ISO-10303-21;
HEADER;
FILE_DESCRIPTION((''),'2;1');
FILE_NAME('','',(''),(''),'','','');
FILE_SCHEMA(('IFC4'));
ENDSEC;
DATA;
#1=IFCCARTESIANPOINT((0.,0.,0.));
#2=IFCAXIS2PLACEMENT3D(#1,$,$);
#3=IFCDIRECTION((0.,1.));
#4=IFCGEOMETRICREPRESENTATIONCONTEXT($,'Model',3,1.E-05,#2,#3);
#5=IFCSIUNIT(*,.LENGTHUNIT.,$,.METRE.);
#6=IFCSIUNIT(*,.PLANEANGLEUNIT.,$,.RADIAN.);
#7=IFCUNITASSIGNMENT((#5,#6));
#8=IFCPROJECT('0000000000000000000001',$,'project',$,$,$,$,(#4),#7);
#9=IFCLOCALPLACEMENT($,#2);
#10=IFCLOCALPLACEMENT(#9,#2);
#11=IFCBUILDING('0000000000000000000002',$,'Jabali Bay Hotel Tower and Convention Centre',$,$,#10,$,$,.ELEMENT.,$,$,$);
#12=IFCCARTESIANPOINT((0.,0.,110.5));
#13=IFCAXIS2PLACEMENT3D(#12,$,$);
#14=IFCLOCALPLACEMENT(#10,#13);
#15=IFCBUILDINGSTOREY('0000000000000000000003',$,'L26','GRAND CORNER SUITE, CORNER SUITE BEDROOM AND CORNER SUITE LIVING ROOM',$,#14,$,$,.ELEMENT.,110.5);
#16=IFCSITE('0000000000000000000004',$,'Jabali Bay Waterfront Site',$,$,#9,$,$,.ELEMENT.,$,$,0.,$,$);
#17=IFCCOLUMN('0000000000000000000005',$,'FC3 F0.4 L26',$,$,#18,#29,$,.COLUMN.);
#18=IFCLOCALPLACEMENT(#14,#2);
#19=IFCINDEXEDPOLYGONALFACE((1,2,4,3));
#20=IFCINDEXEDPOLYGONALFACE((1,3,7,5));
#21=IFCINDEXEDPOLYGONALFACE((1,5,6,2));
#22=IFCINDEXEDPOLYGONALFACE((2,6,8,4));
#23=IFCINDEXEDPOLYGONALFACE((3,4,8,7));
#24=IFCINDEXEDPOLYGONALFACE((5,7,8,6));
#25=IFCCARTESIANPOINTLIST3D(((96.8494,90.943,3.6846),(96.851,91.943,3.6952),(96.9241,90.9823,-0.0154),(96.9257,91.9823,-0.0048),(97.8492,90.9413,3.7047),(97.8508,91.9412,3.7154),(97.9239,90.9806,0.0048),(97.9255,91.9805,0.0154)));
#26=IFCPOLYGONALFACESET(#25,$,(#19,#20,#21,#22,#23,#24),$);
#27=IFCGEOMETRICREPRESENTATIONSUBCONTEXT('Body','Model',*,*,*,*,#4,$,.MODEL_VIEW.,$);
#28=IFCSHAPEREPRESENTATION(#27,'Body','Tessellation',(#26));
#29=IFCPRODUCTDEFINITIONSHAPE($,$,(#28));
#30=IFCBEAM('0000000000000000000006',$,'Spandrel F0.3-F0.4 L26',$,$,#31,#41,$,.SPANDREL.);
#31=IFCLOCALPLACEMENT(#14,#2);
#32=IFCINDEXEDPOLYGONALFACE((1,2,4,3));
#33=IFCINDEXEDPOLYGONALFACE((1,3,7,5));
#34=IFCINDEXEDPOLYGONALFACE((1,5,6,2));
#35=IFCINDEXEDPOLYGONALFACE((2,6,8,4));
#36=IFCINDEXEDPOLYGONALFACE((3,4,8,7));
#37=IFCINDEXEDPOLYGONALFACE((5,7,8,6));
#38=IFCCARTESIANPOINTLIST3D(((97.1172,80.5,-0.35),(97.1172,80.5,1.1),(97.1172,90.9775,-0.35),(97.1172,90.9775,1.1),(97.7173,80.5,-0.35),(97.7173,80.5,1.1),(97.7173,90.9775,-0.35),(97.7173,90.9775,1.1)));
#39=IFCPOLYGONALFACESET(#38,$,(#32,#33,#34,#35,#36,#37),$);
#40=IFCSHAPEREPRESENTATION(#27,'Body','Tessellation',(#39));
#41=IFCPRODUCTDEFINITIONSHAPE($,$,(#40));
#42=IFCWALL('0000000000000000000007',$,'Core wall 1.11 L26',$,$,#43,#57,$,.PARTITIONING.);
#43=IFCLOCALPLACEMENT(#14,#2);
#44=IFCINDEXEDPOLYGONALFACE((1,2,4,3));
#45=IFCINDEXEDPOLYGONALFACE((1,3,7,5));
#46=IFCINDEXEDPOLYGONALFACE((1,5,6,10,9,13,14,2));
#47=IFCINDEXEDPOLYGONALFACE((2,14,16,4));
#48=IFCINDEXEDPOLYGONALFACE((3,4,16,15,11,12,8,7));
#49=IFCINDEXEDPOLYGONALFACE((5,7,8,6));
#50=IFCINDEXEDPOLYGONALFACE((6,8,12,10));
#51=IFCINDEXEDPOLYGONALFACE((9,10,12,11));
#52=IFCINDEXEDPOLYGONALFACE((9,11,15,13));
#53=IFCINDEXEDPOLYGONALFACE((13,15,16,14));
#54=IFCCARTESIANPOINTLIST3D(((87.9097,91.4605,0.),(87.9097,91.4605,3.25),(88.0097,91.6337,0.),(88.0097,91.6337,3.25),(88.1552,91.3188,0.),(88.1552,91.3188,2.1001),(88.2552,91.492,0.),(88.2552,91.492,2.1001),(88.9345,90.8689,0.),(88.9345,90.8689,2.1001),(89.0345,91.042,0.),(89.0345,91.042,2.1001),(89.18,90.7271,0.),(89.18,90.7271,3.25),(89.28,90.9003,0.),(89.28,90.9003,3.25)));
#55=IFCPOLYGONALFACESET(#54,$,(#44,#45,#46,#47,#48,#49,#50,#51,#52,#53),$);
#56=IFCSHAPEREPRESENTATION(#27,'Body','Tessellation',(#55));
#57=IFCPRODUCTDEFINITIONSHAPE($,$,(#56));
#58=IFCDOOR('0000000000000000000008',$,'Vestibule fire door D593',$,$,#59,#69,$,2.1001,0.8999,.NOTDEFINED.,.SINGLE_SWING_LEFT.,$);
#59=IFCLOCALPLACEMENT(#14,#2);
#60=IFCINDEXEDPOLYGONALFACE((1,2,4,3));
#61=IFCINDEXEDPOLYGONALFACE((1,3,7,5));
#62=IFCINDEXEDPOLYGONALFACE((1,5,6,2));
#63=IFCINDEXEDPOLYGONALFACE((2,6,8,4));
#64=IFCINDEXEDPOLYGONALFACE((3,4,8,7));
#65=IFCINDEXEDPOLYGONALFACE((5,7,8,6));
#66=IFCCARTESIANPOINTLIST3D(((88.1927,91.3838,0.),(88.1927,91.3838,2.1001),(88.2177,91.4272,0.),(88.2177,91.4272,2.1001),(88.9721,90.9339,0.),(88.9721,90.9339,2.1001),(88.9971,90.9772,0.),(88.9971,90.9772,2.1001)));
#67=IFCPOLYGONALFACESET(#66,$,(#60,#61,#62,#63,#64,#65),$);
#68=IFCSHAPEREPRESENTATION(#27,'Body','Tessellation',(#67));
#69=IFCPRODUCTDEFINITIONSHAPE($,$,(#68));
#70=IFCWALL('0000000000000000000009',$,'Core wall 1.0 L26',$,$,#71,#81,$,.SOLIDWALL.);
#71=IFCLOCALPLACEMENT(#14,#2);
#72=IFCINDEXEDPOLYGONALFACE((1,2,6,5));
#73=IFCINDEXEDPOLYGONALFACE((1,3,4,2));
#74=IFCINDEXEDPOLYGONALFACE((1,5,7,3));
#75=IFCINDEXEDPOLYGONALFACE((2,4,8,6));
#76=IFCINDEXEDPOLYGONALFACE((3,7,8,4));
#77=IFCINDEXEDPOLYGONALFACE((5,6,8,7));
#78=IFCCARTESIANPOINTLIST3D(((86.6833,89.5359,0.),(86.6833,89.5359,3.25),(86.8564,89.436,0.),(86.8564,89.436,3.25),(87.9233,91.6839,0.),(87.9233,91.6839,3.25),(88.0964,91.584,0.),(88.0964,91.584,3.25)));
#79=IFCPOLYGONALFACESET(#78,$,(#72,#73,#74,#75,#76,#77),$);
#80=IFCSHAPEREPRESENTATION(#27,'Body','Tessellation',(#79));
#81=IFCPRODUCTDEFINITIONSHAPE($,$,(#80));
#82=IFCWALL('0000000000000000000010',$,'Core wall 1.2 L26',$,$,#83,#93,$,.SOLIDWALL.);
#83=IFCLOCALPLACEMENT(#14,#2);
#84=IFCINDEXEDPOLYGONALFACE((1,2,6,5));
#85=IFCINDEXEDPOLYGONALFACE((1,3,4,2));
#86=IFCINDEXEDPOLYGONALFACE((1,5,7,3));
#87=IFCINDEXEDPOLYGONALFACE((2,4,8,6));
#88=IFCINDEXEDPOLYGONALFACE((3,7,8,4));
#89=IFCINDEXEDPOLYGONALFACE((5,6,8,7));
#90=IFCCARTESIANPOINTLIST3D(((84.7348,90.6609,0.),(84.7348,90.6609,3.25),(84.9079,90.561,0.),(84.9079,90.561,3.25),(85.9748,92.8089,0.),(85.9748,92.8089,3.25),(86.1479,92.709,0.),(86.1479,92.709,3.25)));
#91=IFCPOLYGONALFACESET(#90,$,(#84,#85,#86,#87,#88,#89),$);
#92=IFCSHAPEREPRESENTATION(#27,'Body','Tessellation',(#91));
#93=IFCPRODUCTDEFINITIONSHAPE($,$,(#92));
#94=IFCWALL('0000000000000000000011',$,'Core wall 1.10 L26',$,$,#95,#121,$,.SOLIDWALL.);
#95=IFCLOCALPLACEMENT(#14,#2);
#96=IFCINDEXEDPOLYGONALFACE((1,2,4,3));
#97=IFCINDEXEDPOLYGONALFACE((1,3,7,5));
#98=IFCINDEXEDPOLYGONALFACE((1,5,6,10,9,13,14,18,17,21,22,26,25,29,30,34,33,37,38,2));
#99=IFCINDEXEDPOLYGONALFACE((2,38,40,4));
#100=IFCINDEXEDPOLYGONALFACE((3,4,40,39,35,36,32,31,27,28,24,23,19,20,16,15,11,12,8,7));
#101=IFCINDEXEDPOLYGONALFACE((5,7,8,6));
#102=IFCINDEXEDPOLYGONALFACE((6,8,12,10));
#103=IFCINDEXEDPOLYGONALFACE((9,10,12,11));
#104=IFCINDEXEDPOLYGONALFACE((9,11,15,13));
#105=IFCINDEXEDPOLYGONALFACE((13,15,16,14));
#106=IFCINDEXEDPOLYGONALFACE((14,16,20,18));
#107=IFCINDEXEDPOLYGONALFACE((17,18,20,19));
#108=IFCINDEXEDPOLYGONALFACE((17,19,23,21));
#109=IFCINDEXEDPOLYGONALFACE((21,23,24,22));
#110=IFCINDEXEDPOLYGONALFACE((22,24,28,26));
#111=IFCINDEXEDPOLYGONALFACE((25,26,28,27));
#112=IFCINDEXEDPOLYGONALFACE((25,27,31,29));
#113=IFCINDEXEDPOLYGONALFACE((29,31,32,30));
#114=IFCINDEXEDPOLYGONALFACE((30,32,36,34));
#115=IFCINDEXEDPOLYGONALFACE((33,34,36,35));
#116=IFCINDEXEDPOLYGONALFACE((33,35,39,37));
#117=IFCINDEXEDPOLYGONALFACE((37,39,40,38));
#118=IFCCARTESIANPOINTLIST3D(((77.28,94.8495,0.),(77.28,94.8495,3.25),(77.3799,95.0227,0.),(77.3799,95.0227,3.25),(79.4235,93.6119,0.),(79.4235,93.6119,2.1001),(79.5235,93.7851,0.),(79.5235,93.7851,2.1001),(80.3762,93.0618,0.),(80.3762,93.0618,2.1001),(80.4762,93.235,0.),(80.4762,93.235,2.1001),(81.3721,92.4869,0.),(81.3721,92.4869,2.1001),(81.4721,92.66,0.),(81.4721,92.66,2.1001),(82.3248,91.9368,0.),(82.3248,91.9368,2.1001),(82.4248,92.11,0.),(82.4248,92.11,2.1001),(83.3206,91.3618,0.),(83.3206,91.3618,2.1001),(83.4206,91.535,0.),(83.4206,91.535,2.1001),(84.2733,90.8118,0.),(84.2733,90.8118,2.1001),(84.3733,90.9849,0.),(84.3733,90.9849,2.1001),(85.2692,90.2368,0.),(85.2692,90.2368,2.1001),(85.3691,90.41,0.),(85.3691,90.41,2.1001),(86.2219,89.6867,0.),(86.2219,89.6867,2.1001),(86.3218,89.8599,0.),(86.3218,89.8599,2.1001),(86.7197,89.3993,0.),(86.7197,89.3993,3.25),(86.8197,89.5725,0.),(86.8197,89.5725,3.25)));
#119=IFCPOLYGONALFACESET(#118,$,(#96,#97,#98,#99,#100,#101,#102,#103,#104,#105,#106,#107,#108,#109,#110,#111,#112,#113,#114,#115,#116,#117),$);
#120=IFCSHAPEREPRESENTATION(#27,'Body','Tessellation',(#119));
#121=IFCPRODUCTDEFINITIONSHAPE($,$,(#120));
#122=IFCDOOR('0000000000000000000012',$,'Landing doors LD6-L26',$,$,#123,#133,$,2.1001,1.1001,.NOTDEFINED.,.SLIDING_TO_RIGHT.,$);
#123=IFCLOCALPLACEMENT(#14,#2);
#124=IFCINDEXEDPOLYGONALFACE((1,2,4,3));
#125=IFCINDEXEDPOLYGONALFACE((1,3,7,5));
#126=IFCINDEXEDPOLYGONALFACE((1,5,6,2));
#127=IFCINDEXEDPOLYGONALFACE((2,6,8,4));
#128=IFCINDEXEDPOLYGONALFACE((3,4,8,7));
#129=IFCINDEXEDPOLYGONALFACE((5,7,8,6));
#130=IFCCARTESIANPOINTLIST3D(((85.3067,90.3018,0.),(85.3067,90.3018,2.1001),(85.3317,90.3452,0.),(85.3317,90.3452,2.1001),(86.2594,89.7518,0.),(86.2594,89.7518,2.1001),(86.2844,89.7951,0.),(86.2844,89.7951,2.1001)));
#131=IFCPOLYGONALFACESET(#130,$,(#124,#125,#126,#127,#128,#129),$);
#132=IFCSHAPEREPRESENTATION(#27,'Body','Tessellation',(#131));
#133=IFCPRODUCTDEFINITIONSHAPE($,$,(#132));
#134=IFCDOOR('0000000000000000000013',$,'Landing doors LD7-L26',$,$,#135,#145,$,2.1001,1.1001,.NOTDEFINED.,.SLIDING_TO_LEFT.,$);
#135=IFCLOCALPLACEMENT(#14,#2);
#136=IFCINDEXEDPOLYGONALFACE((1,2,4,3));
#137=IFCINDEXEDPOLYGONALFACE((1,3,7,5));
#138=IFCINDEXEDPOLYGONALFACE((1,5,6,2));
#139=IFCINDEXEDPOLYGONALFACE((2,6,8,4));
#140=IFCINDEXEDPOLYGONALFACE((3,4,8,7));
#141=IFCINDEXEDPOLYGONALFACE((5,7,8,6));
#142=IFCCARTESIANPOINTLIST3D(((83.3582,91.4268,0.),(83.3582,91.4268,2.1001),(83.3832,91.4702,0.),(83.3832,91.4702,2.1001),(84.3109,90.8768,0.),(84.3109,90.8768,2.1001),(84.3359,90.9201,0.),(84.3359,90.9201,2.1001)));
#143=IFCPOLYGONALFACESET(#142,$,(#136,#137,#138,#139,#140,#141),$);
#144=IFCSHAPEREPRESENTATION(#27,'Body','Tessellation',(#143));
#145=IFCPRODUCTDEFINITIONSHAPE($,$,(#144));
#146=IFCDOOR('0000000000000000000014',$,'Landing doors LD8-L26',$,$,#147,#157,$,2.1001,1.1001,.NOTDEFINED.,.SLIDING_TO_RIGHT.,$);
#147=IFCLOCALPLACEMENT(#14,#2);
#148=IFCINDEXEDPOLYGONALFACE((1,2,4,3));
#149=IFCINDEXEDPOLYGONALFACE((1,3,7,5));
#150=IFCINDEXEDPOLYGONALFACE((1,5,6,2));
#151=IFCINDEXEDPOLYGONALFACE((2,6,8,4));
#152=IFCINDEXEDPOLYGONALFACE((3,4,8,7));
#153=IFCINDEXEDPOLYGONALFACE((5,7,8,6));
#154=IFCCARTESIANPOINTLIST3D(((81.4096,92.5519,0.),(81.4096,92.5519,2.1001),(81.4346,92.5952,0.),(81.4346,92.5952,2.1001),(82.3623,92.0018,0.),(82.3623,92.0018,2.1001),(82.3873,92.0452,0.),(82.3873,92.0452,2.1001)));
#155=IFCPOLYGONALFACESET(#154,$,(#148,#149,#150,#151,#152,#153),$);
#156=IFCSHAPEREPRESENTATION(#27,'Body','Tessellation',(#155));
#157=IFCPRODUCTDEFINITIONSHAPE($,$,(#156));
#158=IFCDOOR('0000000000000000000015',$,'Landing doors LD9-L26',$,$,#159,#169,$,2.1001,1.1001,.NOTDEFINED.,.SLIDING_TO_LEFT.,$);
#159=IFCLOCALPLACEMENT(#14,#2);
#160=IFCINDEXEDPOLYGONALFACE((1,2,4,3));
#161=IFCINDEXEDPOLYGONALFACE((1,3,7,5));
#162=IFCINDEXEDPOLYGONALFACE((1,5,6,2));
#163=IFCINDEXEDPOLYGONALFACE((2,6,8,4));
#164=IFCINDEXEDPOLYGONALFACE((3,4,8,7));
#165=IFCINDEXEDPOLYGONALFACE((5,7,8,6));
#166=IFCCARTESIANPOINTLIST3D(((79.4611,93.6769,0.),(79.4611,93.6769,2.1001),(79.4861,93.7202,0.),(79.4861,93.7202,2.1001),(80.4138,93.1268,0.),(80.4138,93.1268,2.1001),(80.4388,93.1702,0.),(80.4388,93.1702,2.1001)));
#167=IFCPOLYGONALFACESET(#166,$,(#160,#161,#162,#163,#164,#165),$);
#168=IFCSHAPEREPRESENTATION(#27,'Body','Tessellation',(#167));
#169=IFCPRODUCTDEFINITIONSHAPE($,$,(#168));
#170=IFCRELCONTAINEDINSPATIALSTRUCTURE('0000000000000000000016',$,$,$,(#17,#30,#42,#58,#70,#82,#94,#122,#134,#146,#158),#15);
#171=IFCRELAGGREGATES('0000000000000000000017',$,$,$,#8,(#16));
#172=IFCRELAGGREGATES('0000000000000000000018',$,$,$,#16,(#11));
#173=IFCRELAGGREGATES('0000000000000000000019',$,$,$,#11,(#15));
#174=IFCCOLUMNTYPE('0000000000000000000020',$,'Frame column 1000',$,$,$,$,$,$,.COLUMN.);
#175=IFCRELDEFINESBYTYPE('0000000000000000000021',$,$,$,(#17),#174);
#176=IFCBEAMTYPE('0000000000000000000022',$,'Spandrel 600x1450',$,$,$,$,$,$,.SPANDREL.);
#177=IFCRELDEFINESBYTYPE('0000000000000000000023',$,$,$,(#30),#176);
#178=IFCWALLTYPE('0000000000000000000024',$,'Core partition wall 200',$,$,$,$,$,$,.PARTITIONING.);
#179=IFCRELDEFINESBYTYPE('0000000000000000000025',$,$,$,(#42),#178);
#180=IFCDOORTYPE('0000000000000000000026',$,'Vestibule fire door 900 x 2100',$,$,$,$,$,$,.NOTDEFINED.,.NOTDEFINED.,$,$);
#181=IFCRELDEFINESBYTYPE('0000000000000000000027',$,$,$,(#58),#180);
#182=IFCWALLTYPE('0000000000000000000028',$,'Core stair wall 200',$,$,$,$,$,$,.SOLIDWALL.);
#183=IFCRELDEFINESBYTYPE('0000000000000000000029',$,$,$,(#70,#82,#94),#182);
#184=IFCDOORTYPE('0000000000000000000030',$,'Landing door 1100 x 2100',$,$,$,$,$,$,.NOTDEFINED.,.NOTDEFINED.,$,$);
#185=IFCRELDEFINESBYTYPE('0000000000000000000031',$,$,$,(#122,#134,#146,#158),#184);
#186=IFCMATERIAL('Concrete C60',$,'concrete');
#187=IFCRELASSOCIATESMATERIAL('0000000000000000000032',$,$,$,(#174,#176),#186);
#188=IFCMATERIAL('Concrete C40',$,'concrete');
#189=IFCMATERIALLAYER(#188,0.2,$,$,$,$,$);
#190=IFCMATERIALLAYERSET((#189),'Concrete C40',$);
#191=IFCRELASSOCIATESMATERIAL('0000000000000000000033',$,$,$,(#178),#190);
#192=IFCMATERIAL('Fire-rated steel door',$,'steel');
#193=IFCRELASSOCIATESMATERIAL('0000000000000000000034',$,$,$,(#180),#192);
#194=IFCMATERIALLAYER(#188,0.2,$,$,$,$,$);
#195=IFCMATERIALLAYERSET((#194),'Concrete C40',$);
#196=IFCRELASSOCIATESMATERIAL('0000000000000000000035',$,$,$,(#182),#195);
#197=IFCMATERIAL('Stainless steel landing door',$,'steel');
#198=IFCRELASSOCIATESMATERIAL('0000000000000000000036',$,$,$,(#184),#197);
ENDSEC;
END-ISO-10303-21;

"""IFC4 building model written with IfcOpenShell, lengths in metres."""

from ifc_helpers import new_model, si_unit, direction, frame, frame_2d, origin, origin_2d, place, context, subcontext, project, spatial, rectangle, extrude, material, layer, layer_set, material_profile, profile_set, type_object, element, fill, save


model = new_model("IFC4")

# Units and contexts
model_context = context("Model", 3, precision=1e-05, world=origin(), true_north=direction((0.0, 1.0)))
body_context = subcontext(model_context, "Body", "Model", "MODEL_VIEW")
ifc_project = project(units=[si_unit("LENGTHUNIT", "METRE"), si_unit("PLANEANGLEUNIT", "RADIAN")], contexts=[model_context])

# Site, building, storey
site_placement = place(None, origin())
site = spatial("IfcSite", under=ifc_project, at=site_placement, Name="Jabali Bay Waterfront Site", CompositionType="ELEMENT", RefElevation=0.0)
building_placement = place(site_placement, origin())
building = spatial("IfcBuilding", under=site, at=building_placement, Name="Jabali Bay Hotel Tower and Convention Centre", CompositionType="ELEMENT")
storey_placement = place(building_placement, frame((0.0, 0.0, 110.5)))
storey = spatial("IfcBuildingStorey", under=building, at=storey_placement, Name="L26", Description="GRAND CORNER SUITE, CORNER SUITE BEDROOM AND CORNER SUITE LIVING ROOM", CompositionType="ELEMENT", Elevation=110.5)

# Column
ifc_material_1 = material(Name="Concrete C60", Category="concrete")
ifc_material_profile_1 = material_profile(ifc_material_1, rectangle(XDim=1.0, YDim=1.0, at=origin_2d()), Name="Frame column 1000")
ifc_profile_set_1 = profile_set([ifc_material_profile_1], Name="Concrete C60")
column_type = type_object("IfcColumnType", Name="Frame column 1000", PredefinedType="COLUMN", material=ifc_profile_set_1)
column_placement = place(storey_placement, frame((97.4248, 91.4814, 0.0), z_axis=(-0.020186, -0.010621, 0.99974), x_axis=(0.999795, -0.001747, 0.020169)))
element("IfcColumn", 1, at=column_placement, inside=storey, type_object=column_type, Name="FC3 F0.4 L26", PredefinedType="COLUMN", context=body_context, shape_type="SweptSolid", body=[
    extrude(rectangle(XDim=1.0, YDim=1.0, at=origin_2d()), origin(), (0.0, 0.0, 1.0), 3.7009),
])

# Beam
ifc_material_profile_2 = material_profile(ifc_material_1, rectangle(XDim=0.6001, YDim=1.45, at=origin_2d()), Name="Spandrel 600x1450")
ifc_profile_set_2 = profile_set([ifc_material_profile_2], Name="Concrete C60")
beam_type = type_object("IfcBeamType", Name="Spandrel 600x1450", PredefinedType="SPANDREL", material=ifc_profile_set_2)
beam_placement = place(storey_placement, frame((97.4172, 80.5, 0.375), z_axis=(0.0, 1.0, 0.0), x_axis=(-1.0, 0.0, 0.0)))
element("IfcBeam", 2, at=beam_placement, inside=storey, type_object=beam_type, Name="Spandrel F0.3-F0.4 L26", PredefinedType="SPANDREL", context=body_context, shape_type="SweptSolid", body=[
    extrude(rectangle(XDim=0.6001, YDim=1.45, at=origin_2d()), origin(), (0.0, 0.0, 1.0), 10.4775),
])

# Wall, opening, door
ifc_material_2 = material(Name="Concrete C40", Category="concrete")
ifc_layer_1 = layer(ifc_material_2, 0.2)
ifc_layer_set_1 = layer_set([ifc_layer_1], Name="Concrete C40")
wall_type_1 = type_object("IfcWallType", Name="Core partition wall 200", PredefinedType="PARTITIONING", material=ifc_layer_set_1)
wall_1_placement = place(storey_placement, frame((89.23, 90.8137, 0.0), z_axis=(0.0, 0.0, 1.0), x_axis=(-0.866022, 0.500006, 0.0)))
wall_1 = element("IfcWall", 3, at=wall_1_placement, inside=storey, type_object=wall_type_1, Name="Core wall 1.11 L26", PredefinedType="PARTITIONING", context=body_context, shape_type="SweptSolid", body=[
    extrude(rectangle(XDim=1.4668, YDim=0.2, at=frame_2d((0.7334, 0.0))), origin(), (0.0, 0.0, 1.0), 3.25),
])
opening_1_placement = place(wall_1_placement, frame((0.2834, 0.0, 0.0)))
opening_1 = element("IfcOpeningElement", 4, at=opening_1_placement, cuts=wall_1, PredefinedType="OPENING", context=body_context, shape_type="SweptSolid", body=[
    extrude(rectangle(XDim=0.8999, YDim=2.1001, at=frame_2d((0.45, 1.05))), frame((0.0, 0.1104, 0.0), z_axis=(0.0, -1.0, 0.0), x_axis=(1.0, 0.0, 0.0)), (0.0, 0.0, 1.0), 0.2209),
])
ifc_material_3 = material(Name="Fire-rated steel door", Category="steel")
door_type_1 = type_object("IfcDoorType", Name="Vestibule fire door 900 x 2100", OperationType="NOTDEFINED", PredefinedType="NOTDEFINED", material=ifc_material_3)
door_1_placement = place(opening_1_placement, origin())
door_1 = element("IfcDoor", 5, at=door_1_placement, inside=storey, type_object=door_type_1, Name="Vestibule fire door D593", OperationType="SINGLE_SWING_LEFT", OverallHeight=2.1001, OverallWidth=0.8999, PredefinedType="NOTDEFINED", context=body_context, shape_type="SweptSolid", body=[
    extrude(rectangle(XDim=0.8999, YDim=2.1001, at=frame_2d((0.45, 1.05))), frame((0.0, 0.0249, 0.0), z_axis=(0.0, -1.0, 0.0), x_axis=(1.0, 0.0, 0.0)), (0.0, 0.0, 1.0), 0.05),
])
fill(opening_1, door_1)

# Walls
ifc_layer_2 = layer(ifc_material_2, 0.2)
ifc_layer_set_2 = layer_set([ifc_layer_2], Name="Concrete C40")
wall_type_2 = type_object("IfcWallType", Name="Core stair wall 200", PredefinedType="SOLIDWALL", material=ifc_layer_set_2)
for number, where, z_axis, x_axis, name in (
    (6, (86.7698, 89.4858, 0.0), (0.0, 0.0, 1.0), (0.499961, 0.866048, 0.0), "Core wall 1.0 L26"),
    (7, (84.8213, 90.6108, 0.0), (0.0, 0.0, 1.0), (0.499961, 0.866048, 0.0), "Core wall 1.2 L26"),
):
    element("IfcWall", number, at=place(storey_placement, frame(where, z_axis=z_axis, x_axis=x_axis)), inside=storey, type_object=wall_type_2, Name=name, PredefinedType="SOLIDWALL", context=body_context, shape_type="SweptSolid", body=[
        extrude(rectangle(XDim=2.4802, YDim=0.2, at=frame_2d((1.2402, 0.0))), origin(), (0.0, 0.0, 1.0), 3.25),
    ])

# Wall, openings, doors
wall_2_placement = place(storey_placement, frame((86.7698, 89.4858, 0.0), z_axis=(0.0, 0.0, 1.0), x_axis=(-0.866018, 0.500013, 0.0)))
wall_2 = element("IfcWall", 8, at=wall_2_placement, inside=storey, type_object=wall_type_2, Name="Core wall 1.10 L26", PredefinedType="SOLIDWALL", context=body_context, shape_type="SweptSolid", body=[
    extrude(rectangle(XDim=10.9001, YDim=0.2, at=frame_2d((5.4502, 0.0))), origin(), (0.0, 0.0, 1.0), 3.25),
])
opening_2_placement = place(wall_2_placement, frame((0.575, 0.0, 0.0)))
opening_2 = element("IfcOpeningElement", 9, at=opening_2_placement, cuts=wall_2, PredefinedType="OPENING", context=body_context, shape_type="SweptSolid", body=[
    extrude(rectangle(XDim=1.1001, YDim=2.1001, at=frame_2d((0.55, 1.05))), frame((0.0, 0.1104, 0.0), z_axis=(0.0, -1.0, 0.0), x_axis=(1.0, 0.0, 0.0)), (0.0, 0.0, 1.0), 0.2209),
])
opening_3_placement = place(wall_2_placement, frame((2.825, 0.0, 0.0)))
opening_3 = element("IfcOpeningElement", 10, at=opening_3_placement, cuts=wall_2, PredefinedType="OPENING", context=body_context, shape_type="SweptSolid", body=[
    extrude(rectangle(XDim=1.1001, YDim=2.1001, at=frame_2d((0.55, 1.05))), frame((0.0, 0.1104, 0.0), z_axis=(0.0, -1.0, 0.0), x_axis=(1.0, 0.0, 0.0)), (0.0, 0.0, 1.0), 0.2209),
])
opening_4_placement = place(wall_2_placement, frame((5.075, 0.0, 0.0)))
opening_4 = element("IfcOpeningElement", 11, at=opening_4_placement, cuts=wall_2, PredefinedType="OPENING", context=body_context, shape_type="SweptSolid", body=[
    extrude(rectangle(XDim=1.1001, YDim=2.1001, at=frame_2d((0.55, 1.05))), frame((0.0, 0.1104, 0.0), z_axis=(0.0, -1.0, 0.0), x_axis=(1.0, 0.0, 0.0)), (0.0, 0.0, 1.0), 0.2209),
])
opening_5_placement = place(wall_2_placement, frame((7.325, 0.0, 0.0)))
opening_5 = element("IfcOpeningElement", 12, at=opening_5_placement, cuts=wall_2, PredefinedType="OPENING", context=body_context, shape_type="SweptSolid", body=[
    extrude(rectangle(XDim=1.1001, YDim=2.1001, at=frame_2d((0.55, 1.05))), frame((0.0, 0.1104, 0.0), z_axis=(0.0, -1.0, 0.0), x_axis=(1.0, 0.0, 0.0)), (0.0, 0.0, 1.0), 0.2209),
])
ifc_material_4 = material(Name="Stainless steel landing door", Category="steel")
door_type_2 = type_object("IfcDoorType", Name="Landing door 1100 x 2100", OperationType="NOTDEFINED", PredefinedType="NOTDEFINED", material=ifc_material_4)
door_2_placement = place(opening_2_placement, origin())
door_2 = element("IfcDoor", 13, at=door_2_placement, inside=storey, type_object=door_type_2, Name="Landing doors LD6-L26", OperationType="SLIDING_TO_RIGHT", OverallHeight=2.1001, OverallWidth=1.1001, PredefinedType="NOTDEFINED", context=body_context, shape_type="SweptSolid", body=[
    extrude(rectangle(XDim=1.1001, YDim=2.1001, at=frame_2d((0.55, 1.05))), frame((0.0, 0.0249, 0.0), z_axis=(0.0, -1.0, 0.0), x_axis=(1.0, 0.0, 0.0)), (0.0, 0.0, 1.0), 0.05),
])
fill(opening_2, door_2)
door_3_placement = place(opening_3_placement, origin())
door_3 = element("IfcDoor", 14, at=door_3_placement, inside=storey, type_object=door_type_2, Name="Landing doors LD7-L26", OperationType="SLIDING_TO_LEFT", OverallHeight=2.1001, OverallWidth=1.1001, PredefinedType="NOTDEFINED", context=body_context, shape_type="SweptSolid", body=[
    extrude(rectangle(XDim=1.1001, YDim=2.1001, at=frame_2d((0.55, 1.05))), frame((0.0, 0.0249, 0.0), z_axis=(0.0, -1.0, 0.0), x_axis=(1.0, 0.0, 0.0)), (0.0, 0.0, 1.0), 0.05),
])
fill(opening_3, door_3)
door_4_placement = place(opening_4_placement, origin())
door_4 = element("IfcDoor", 15, at=door_4_placement, inside=storey, type_object=door_type_2, Name="Landing doors LD8-L26", OperationType="SLIDING_TO_RIGHT", OverallHeight=2.1001, OverallWidth=1.1001, PredefinedType="NOTDEFINED", context=body_context, shape_type="SweptSolid", body=[
    extrude(rectangle(XDim=1.1001, YDim=2.1001, at=frame_2d((0.55, 1.05))), frame((0.0, 0.0249, 0.0), z_axis=(0.0, -1.0, 0.0), x_axis=(1.0, 0.0, 0.0)), (0.0, 0.0, 1.0), 0.05),
])
fill(opening_4, door_4)
door_5_placement = place(opening_5_placement, origin())
door_5 = element("IfcDoor", 16, at=door_5_placement, inside=storey, type_object=door_type_2, Name="Landing doors LD9-L26", OperationType="SLIDING_TO_LEFT", OverallHeight=2.1001, OverallWidth=1.1001, PredefinedType="NOTDEFINED", context=body_context, shape_type="SweptSolid", body=[
    extrude(rectangle(XDim=1.1001, YDim=2.1001, at=frame_2d((0.55, 1.05))), frame((0.0, 0.0249, 0.0), z_axis=(0.0, -1.0, 0.0), x_axis=(1.0, 0.0, 0.0)), (0.0, 0.0, 1.0), 0.05),
])
fill(opening_5, door_5)

save(model, "model.ifc")
